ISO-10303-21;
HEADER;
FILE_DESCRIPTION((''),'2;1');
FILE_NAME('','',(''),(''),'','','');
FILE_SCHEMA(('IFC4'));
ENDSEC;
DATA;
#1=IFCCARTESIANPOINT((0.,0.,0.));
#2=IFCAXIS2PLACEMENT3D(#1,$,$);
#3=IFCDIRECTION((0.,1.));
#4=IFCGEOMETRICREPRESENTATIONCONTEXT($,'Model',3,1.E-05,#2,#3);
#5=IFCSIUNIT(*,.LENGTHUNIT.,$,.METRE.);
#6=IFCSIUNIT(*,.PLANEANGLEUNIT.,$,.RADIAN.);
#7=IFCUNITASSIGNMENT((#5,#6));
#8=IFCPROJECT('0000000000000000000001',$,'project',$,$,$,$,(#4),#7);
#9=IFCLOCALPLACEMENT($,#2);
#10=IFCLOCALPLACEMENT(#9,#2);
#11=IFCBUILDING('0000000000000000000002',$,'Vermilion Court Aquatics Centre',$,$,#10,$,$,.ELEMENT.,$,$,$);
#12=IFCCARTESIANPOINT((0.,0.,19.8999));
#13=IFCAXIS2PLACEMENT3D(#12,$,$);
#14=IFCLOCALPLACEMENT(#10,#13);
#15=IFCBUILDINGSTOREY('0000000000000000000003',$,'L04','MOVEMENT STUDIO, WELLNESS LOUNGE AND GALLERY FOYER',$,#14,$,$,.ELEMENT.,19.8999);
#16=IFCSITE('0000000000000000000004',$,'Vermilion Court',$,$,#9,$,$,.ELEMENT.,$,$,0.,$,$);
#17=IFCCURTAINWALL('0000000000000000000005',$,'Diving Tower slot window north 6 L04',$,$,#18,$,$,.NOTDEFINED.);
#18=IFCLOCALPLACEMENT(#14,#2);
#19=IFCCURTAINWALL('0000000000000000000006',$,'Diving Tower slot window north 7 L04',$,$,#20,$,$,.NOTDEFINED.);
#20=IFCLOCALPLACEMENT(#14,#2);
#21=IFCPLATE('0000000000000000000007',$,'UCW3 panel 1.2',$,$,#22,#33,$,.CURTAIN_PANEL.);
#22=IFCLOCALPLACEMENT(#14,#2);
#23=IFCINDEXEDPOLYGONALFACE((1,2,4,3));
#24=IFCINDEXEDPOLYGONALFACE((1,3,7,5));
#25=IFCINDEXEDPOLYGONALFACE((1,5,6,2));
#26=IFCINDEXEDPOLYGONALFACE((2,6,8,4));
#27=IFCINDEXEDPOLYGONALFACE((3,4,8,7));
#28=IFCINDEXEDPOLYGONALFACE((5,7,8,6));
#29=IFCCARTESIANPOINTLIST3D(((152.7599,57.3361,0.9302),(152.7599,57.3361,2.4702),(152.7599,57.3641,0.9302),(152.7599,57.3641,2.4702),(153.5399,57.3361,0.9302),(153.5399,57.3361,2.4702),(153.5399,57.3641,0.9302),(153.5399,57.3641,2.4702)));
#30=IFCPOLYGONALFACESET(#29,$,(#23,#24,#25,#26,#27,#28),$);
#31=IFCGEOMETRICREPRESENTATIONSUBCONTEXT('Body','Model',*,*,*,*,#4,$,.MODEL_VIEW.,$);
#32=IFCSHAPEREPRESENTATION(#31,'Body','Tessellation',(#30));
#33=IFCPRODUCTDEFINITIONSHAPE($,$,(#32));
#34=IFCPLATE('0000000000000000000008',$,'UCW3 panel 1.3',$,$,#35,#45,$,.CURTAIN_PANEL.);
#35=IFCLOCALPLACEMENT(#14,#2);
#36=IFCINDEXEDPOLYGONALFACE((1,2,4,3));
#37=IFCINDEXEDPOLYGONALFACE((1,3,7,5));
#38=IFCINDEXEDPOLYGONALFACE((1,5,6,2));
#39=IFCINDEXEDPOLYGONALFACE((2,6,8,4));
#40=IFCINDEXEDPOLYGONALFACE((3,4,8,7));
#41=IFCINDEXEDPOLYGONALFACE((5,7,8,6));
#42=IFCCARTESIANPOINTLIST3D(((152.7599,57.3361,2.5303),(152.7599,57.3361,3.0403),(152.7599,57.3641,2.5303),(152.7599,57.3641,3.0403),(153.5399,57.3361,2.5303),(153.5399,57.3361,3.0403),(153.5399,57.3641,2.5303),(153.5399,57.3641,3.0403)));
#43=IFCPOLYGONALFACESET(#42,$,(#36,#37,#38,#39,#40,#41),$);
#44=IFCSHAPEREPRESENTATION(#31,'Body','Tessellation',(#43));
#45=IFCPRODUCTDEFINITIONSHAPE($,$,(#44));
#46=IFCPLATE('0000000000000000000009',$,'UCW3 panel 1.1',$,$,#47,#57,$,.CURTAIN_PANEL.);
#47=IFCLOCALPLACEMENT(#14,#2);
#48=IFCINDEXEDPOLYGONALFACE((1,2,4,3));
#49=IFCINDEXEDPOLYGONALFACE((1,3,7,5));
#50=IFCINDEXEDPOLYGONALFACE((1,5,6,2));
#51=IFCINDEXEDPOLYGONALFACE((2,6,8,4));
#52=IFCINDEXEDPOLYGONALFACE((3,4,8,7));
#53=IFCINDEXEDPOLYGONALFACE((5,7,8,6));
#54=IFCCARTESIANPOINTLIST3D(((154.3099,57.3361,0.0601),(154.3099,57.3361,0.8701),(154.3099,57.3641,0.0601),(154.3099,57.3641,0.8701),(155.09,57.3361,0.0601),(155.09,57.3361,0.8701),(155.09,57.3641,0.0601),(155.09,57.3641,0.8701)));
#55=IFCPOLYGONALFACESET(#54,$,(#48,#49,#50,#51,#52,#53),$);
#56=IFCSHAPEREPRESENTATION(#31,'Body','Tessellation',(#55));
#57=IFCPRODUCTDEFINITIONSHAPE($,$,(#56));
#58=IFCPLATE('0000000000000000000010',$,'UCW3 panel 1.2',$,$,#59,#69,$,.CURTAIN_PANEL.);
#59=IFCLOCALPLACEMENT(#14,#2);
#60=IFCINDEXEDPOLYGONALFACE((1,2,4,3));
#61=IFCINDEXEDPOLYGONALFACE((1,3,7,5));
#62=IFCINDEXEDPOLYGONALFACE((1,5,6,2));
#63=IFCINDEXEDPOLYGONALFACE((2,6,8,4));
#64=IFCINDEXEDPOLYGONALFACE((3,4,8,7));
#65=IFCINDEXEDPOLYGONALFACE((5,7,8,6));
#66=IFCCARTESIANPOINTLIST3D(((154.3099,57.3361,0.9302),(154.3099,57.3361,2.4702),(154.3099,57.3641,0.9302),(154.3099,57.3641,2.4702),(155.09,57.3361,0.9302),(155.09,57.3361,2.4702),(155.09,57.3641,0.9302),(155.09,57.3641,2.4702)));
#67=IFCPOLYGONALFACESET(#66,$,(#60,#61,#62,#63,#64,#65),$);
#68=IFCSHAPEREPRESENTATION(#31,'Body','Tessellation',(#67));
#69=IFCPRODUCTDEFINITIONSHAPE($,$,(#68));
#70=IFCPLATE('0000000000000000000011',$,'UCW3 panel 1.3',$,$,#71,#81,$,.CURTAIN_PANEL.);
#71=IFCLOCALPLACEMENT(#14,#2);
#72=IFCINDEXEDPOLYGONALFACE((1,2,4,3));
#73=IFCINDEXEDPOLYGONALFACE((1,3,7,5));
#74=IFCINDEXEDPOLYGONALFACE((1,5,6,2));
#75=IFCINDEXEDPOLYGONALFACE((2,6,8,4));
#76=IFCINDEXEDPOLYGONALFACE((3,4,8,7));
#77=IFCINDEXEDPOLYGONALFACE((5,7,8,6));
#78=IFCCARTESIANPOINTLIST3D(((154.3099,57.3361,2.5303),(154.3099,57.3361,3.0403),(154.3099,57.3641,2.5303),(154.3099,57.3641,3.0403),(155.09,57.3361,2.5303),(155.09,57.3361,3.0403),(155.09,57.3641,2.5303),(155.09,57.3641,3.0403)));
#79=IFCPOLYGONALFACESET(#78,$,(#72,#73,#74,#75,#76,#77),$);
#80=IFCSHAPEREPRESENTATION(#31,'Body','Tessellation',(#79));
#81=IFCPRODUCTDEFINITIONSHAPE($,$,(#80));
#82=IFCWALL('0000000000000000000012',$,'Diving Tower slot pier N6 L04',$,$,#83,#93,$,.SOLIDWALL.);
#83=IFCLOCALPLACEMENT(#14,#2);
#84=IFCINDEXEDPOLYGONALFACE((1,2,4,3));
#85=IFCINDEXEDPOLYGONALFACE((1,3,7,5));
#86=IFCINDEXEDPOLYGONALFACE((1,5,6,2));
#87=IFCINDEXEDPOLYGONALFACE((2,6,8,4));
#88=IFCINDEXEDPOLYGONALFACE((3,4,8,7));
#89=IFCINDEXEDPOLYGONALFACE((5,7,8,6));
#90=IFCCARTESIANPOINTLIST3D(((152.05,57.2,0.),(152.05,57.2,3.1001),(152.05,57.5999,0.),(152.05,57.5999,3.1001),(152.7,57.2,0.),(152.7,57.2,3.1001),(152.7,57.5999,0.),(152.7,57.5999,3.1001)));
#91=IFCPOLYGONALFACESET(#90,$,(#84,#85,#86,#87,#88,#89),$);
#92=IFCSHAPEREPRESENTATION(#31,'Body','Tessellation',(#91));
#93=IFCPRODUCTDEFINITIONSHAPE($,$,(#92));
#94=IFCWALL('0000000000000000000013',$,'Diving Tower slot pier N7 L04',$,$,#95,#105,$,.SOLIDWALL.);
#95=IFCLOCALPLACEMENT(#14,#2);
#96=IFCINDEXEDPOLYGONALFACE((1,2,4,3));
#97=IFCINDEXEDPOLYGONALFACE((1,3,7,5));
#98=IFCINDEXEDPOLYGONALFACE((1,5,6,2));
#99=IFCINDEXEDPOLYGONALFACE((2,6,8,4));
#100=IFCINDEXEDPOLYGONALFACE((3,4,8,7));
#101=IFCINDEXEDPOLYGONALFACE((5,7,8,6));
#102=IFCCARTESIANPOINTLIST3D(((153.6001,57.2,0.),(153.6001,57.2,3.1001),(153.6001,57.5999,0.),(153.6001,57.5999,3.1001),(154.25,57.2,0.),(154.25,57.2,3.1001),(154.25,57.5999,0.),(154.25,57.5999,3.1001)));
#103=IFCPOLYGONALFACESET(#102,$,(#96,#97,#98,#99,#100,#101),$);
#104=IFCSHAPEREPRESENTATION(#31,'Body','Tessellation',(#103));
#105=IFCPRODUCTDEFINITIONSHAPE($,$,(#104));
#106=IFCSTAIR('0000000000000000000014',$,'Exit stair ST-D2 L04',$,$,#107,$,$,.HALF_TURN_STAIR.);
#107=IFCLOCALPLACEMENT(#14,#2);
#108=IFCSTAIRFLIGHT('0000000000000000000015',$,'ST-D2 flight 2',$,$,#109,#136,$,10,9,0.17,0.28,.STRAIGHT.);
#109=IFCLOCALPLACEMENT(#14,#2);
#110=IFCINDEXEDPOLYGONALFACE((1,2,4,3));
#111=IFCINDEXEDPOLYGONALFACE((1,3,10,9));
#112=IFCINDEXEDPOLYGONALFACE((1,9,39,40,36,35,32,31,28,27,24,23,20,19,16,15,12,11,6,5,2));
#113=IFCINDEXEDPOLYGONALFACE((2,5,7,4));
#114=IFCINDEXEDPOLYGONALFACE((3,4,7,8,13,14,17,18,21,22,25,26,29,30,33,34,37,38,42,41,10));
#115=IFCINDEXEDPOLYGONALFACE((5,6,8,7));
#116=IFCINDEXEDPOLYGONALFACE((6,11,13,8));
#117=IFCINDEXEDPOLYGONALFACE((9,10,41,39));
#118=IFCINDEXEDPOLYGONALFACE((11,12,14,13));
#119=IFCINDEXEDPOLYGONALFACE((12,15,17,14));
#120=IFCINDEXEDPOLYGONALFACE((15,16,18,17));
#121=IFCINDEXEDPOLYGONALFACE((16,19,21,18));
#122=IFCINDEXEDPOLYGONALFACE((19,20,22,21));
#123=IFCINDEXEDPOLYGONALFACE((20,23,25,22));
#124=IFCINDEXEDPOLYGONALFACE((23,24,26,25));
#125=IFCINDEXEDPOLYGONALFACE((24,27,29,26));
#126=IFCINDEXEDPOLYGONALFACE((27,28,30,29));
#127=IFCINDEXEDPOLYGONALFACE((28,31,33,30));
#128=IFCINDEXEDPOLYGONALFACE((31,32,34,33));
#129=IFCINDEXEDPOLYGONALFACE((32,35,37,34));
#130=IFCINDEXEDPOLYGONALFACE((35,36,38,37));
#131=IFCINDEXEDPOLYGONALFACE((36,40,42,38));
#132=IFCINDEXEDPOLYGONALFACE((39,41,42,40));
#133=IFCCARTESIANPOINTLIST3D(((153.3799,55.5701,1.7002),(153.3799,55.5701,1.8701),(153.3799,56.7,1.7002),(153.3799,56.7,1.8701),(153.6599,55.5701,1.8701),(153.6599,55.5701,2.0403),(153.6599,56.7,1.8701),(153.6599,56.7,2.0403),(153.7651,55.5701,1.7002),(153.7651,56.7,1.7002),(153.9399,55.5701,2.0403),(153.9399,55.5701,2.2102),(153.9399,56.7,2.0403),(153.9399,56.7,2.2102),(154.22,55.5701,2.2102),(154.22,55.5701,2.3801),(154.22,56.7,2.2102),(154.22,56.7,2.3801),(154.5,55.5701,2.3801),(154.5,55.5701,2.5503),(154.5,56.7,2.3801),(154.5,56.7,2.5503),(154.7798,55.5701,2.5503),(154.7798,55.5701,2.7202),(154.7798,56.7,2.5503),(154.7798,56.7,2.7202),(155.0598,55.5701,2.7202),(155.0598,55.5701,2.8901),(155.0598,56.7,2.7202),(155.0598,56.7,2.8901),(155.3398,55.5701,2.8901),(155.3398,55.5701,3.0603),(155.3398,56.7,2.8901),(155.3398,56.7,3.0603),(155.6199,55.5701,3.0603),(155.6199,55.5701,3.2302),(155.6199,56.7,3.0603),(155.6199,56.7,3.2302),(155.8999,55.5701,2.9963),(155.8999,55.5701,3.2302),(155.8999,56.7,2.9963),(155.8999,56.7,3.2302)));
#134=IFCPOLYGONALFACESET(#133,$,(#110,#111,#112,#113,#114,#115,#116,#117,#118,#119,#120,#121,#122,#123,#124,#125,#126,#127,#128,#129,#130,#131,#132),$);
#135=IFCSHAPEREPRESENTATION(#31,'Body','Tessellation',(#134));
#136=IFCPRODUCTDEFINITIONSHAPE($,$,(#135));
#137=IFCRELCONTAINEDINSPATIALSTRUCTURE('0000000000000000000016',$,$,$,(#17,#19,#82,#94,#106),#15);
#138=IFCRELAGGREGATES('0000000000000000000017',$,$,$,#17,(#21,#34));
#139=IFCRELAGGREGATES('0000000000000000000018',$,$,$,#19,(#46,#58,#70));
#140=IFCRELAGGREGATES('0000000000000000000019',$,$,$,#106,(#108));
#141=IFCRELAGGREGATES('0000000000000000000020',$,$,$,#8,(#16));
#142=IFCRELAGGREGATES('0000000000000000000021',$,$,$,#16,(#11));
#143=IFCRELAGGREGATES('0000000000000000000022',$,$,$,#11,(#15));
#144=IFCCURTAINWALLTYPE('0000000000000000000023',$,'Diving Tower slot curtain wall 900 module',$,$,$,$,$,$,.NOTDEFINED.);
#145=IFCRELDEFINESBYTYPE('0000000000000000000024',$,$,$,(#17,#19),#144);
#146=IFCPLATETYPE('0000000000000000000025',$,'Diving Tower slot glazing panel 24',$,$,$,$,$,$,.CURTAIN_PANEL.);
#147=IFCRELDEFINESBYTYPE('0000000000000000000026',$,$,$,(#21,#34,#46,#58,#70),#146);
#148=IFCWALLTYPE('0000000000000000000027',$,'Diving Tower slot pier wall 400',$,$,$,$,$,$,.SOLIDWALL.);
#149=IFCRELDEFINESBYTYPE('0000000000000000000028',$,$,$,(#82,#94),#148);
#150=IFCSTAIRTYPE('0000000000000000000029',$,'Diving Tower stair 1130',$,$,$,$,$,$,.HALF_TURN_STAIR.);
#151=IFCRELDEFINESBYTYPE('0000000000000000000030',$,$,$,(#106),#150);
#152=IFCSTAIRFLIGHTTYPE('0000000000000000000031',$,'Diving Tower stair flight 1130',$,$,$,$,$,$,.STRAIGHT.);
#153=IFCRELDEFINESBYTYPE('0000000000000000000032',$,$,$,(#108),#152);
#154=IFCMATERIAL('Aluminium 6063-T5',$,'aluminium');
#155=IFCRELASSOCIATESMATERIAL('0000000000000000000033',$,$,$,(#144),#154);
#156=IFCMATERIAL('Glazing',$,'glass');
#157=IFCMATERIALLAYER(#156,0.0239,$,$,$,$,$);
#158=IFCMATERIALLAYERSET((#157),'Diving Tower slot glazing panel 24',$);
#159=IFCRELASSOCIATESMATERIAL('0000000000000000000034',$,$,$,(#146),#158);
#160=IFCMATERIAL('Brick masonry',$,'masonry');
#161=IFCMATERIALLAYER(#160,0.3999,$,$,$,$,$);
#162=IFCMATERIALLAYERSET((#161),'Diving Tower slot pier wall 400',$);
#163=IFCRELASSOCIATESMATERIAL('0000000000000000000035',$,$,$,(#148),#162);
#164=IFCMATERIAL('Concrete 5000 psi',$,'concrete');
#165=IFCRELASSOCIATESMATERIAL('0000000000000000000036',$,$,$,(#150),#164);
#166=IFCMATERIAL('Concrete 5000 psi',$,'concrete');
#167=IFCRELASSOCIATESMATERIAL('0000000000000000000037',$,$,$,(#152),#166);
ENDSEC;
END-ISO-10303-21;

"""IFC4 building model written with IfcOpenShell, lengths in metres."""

from ifc_helpers import new_model, si_unit, direction, frame, frame_2d, origin, origin_2d, place, context, subcontext, project, spatial, polyline, rectangle, outline, extrude, material, layer, layer_set, type_object, element, aggregate, save


model = new_model("IFC4")

# Units and contexts
model_context = context("Model", 3, precision=1e-05, world=origin(), true_north=direction((0.0, 1.0)))
body_context = subcontext(model_context, "Body", "Model", "MODEL_VIEW")
ifc_project = project(units=[si_unit("LENGTHUNIT", "METRE"), si_unit("PLANEANGLEUNIT", "RADIAN")], contexts=[model_context])

# Site, building, storey
site_placement = place(None, origin())
site = spatial("IfcSite", under=ifc_project, at=site_placement, Name="Vermilion Court", CompositionType="ELEMENT", RefElevation=0.0)
building_placement = place(site_placement, origin())
building = spatial("IfcBuilding", under=site, at=building_placement, Name="Vermilion Court Aquatics Centre", CompositionType="ELEMENT")
storey_placement = place(building_placement, frame((0.0, 0.0, 19.8999)))
storey = spatial("IfcBuildingStorey", under=building, at=storey_placement, Name="L04", Description="MOVEMENT STUDIO, WELLNESS LOUNGE AND GALLERY FOYER", CompositionType="ELEMENT", Elevation=19.8999)

# Shared definitions
ifc_material_1 = material(Name="Aluminium 6063-T5", Category="aluminium")
curtain_wall_type = type_object("IfcCurtainWallType", Name="Diving Tower slot curtain wall 900 module", PredefinedType="NOTDEFINED", material=ifc_material_1)

# Curtain walls
curtain_wall_1_placement = place(storey_placement, origin())
curtain_wall_1 = element("IfcCurtainWall", 1, at=curtain_wall_1_placement, inside=storey, type_object=curtain_wall_type, Name="Diving Tower slot window north 6 L04", PredefinedType="NOTDEFINED")
curtain_wall_2_placement = place(storey_placement, origin())
curtain_wall_2 = element("IfcCurtainWall", 2, at=curtain_wall_2_placement, inside=storey, type_object=curtain_wall_type, Name="Diving Tower slot window north 7 L04", PredefinedType="NOTDEFINED")

# Plates
ifc_material_2 = material(Name="Glazing", Category="glass")
ifc_layer_1 = layer(ifc_material_2, 0.0239)
ifc_layer_set_1 = layer_set([ifc_layer_1], Name="Diving Tower slot glazing panel 24")
plate_type = type_object("IfcPlateType", Name="Diving Tower slot glazing panel 24", PredefinedType="CURTAIN_PANEL", material=ifc_layer_set_1)
plate_1_placement = place(storey_placement, frame((153.1499, 57.3501, 0.9302), z_axis=(0.0, 0.0, 1.0), x_axis=(1.0, 0.0, 0.0)))
plate_1 = element("IfcPlate", 3, at=plate_1_placement, type_object=plate_type, Name="UCW3 panel 1.2", PredefinedType="CURTAIN_PANEL", context=body_context, shape_type="SweptSolid", body=[
    extrude(rectangle(XDim=0.78, YDim=0.0281, at=origin_2d()), origin(), (0.0, 0.0, 1.0), 1.54),
])
plate_2_placement = place(storey_placement, frame((153.1499, 57.3501, 2.5303), z_axis=(0.0, 0.0, 1.0), x_axis=(1.0, 0.0, 0.0)))
plate_2 = element("IfcPlate", 4, at=plate_2_placement, type_object=plate_type, Name="UCW3 panel 1.3", PredefinedType="CURTAIN_PANEL", context=body_context, shape_type="SweptSolid", body=[
    extrude(rectangle(XDim=0.78, YDim=0.0281, at=origin_2d()), origin(), (0.0, 0.0, 1.0), 0.51),
])
aggregate(curtain_wall_1, [plate_1, plate_2])
plate_3_placement = place(storey_placement, frame((154.7, 57.3501, 0.0601), z_axis=(0.0, 0.0, 1.0), x_axis=(1.0, 0.0, 0.0)))
plate_3 = element("IfcPlate", 5, at=plate_3_placement, type_object=plate_type, Name="UCW3 panel 1.1", PredefinedType="CURTAIN_PANEL", context=body_context, shape_type="SweptSolid", body=[
    extrude(rectangle(XDim=0.78, YDim=0.0281, at=origin_2d()), origin(), (0.0, 0.0, 1.0), 0.8101),
])
plate_4_placement = place(storey_placement, frame((154.7, 57.3501, 0.9302), z_axis=(0.0, 0.0, 1.0), x_axis=(1.0, 0.0, 0.0)))
plate_4 = element("IfcPlate", 6, at=plate_4_placement, type_object=plate_type, Name="UCW3 panel 1.2", PredefinedType="CURTAIN_PANEL", context=body_context, shape_type="SweptSolid", body=[
    extrude(rectangle(XDim=0.78, YDim=0.0281, at=origin_2d()), origin(), (0.0, 0.0, 1.0), 1.54),
])
plate_5_placement = place(storey_placement, frame((154.7, 57.3501, 2.5303), z_axis=(0.0, 0.0, 1.0), x_axis=(1.0, 0.0, 0.0)))
plate_5 = element("IfcPlate", 7, at=plate_5_placement, type_object=plate_type, Name="UCW3 panel 1.3", PredefinedType="CURTAIN_PANEL", context=body_context, shape_type="SweptSolid", body=[
    extrude(rectangle(XDim=0.78, YDim=0.0281, at=origin_2d()), origin(), (0.0, 0.0, 1.0), 0.51),
])
aggregate(curtain_wall_2, [plate_3, plate_4, plate_5])

# Walls
ifc_material_3 = material(Name="Brick masonry", Category="masonry")
ifc_layer_2 = layer(ifc_material_3, 0.3999)
ifc_layer_set_2 = layer_set([ifc_layer_2], Name="Diving Tower slot pier wall 400")
wall_type = type_object("IfcWallType", Name="Diving Tower slot pier wall 400", PredefinedType="SOLIDWALL", material=ifc_layer_set_2)
for number, where, z_axis, x_axis, name in (
    (8, (152.05, 57.3999, 0.0), (0.0, 0.0, 1.0), (1.0, 0.0, 0.0), "Diving Tower slot pier N6 L04"),
    (9, (153.6001, 57.3999, 0.0), (0.0, 0.0, 1.0), (1.0, 0.0, 0.0), "Diving Tower slot pier N7 L04"),
):
    element("IfcWall", number, at=place(storey_placement, frame(where, z_axis=z_axis, x_axis=x_axis)), inside=storey, type_object=wall_type, Name=name, PredefinedType="SOLIDWALL", context=body_context, shape_type="SweptSolid", body=[
        extrude(rectangle(XDim=0.6499, YDim=0.3999, at=frame_2d((0.325, 0.0))), origin(), (0.0, 0.0, 1.0), 3.1001),
    ])

# Stair, stair flight
ifc_material_4 = material(Name="Concrete 5000 psi", Category="concrete")
stair_type = type_object("IfcStairType", Name="Diving Tower stair 1130", PredefinedType="HALF_TURN_STAIR", material=ifc_material_4)
stair_placement = place(storey_placement, origin())
stair = element("IfcStair", 10, at=stair_placement, inside=storey, type_object=stair_type, Name="Exit stair ST-D2 L04", PredefinedType="HALF_TURN_STAIR")
ifc_material_5 = material(Name="Concrete 5000 psi", Category="concrete")
stair_flight_type = type_object("IfcStairFlightType", Name="Diving Tower stair flight 1130", PredefinedType="STRAIGHT", material=ifc_material_5)
stair_flight_placement = place(storey_placement, frame((153.3799, 56.135, 1.7002), z_axis=(0.0, 0.0, 1.0), x_axis=(1.0, 0.0, 0.0)))
stair_flight = element("IfcStairFlight", 11, at=stair_flight_placement, type_object=stair_flight_type, Name="ST-D2 flight 2", NumberOfRisers=10, NumberOfTreads=9, PredefinedType="STRAIGHT", RiserHeight=0.17, TreadLength=0.28, context=body_context, shape_type="SweptSolid", body=[
    extrude(outline(polyline([(0.0, 0.0), (0.0, 0.1699), (0.28, 0.1699), (0.28, 0.3401), (0.5601, 0.3401), (0.5601, 0.51), (0.8401, 0.51), (0.8401, 0.6799), (1.1201, 0.6799), (1.1201, 0.8501), (1.3999, 0.8501), (1.3999, 1.02), (1.6799, 1.02), (1.6799, 1.1899), (1.96, 1.1899), (1.96, 1.3601), (2.24, 1.3601), (2.24, 1.53), (2.52, 1.53), (2.52, 1.7), (2.52, 1.2961), (0.3853, 0.0), (0.0, 0.0)])), frame((0.0, 0.5649, 0.0), z_axis=(0.0, -1.0, 0.0), x_axis=(1.0, 0.0, 0.0)), (0.0, 0.0, 1.0), 1.1299),
])
aggregate(stair, [stair_flight])

save(model, "model.ifc")
